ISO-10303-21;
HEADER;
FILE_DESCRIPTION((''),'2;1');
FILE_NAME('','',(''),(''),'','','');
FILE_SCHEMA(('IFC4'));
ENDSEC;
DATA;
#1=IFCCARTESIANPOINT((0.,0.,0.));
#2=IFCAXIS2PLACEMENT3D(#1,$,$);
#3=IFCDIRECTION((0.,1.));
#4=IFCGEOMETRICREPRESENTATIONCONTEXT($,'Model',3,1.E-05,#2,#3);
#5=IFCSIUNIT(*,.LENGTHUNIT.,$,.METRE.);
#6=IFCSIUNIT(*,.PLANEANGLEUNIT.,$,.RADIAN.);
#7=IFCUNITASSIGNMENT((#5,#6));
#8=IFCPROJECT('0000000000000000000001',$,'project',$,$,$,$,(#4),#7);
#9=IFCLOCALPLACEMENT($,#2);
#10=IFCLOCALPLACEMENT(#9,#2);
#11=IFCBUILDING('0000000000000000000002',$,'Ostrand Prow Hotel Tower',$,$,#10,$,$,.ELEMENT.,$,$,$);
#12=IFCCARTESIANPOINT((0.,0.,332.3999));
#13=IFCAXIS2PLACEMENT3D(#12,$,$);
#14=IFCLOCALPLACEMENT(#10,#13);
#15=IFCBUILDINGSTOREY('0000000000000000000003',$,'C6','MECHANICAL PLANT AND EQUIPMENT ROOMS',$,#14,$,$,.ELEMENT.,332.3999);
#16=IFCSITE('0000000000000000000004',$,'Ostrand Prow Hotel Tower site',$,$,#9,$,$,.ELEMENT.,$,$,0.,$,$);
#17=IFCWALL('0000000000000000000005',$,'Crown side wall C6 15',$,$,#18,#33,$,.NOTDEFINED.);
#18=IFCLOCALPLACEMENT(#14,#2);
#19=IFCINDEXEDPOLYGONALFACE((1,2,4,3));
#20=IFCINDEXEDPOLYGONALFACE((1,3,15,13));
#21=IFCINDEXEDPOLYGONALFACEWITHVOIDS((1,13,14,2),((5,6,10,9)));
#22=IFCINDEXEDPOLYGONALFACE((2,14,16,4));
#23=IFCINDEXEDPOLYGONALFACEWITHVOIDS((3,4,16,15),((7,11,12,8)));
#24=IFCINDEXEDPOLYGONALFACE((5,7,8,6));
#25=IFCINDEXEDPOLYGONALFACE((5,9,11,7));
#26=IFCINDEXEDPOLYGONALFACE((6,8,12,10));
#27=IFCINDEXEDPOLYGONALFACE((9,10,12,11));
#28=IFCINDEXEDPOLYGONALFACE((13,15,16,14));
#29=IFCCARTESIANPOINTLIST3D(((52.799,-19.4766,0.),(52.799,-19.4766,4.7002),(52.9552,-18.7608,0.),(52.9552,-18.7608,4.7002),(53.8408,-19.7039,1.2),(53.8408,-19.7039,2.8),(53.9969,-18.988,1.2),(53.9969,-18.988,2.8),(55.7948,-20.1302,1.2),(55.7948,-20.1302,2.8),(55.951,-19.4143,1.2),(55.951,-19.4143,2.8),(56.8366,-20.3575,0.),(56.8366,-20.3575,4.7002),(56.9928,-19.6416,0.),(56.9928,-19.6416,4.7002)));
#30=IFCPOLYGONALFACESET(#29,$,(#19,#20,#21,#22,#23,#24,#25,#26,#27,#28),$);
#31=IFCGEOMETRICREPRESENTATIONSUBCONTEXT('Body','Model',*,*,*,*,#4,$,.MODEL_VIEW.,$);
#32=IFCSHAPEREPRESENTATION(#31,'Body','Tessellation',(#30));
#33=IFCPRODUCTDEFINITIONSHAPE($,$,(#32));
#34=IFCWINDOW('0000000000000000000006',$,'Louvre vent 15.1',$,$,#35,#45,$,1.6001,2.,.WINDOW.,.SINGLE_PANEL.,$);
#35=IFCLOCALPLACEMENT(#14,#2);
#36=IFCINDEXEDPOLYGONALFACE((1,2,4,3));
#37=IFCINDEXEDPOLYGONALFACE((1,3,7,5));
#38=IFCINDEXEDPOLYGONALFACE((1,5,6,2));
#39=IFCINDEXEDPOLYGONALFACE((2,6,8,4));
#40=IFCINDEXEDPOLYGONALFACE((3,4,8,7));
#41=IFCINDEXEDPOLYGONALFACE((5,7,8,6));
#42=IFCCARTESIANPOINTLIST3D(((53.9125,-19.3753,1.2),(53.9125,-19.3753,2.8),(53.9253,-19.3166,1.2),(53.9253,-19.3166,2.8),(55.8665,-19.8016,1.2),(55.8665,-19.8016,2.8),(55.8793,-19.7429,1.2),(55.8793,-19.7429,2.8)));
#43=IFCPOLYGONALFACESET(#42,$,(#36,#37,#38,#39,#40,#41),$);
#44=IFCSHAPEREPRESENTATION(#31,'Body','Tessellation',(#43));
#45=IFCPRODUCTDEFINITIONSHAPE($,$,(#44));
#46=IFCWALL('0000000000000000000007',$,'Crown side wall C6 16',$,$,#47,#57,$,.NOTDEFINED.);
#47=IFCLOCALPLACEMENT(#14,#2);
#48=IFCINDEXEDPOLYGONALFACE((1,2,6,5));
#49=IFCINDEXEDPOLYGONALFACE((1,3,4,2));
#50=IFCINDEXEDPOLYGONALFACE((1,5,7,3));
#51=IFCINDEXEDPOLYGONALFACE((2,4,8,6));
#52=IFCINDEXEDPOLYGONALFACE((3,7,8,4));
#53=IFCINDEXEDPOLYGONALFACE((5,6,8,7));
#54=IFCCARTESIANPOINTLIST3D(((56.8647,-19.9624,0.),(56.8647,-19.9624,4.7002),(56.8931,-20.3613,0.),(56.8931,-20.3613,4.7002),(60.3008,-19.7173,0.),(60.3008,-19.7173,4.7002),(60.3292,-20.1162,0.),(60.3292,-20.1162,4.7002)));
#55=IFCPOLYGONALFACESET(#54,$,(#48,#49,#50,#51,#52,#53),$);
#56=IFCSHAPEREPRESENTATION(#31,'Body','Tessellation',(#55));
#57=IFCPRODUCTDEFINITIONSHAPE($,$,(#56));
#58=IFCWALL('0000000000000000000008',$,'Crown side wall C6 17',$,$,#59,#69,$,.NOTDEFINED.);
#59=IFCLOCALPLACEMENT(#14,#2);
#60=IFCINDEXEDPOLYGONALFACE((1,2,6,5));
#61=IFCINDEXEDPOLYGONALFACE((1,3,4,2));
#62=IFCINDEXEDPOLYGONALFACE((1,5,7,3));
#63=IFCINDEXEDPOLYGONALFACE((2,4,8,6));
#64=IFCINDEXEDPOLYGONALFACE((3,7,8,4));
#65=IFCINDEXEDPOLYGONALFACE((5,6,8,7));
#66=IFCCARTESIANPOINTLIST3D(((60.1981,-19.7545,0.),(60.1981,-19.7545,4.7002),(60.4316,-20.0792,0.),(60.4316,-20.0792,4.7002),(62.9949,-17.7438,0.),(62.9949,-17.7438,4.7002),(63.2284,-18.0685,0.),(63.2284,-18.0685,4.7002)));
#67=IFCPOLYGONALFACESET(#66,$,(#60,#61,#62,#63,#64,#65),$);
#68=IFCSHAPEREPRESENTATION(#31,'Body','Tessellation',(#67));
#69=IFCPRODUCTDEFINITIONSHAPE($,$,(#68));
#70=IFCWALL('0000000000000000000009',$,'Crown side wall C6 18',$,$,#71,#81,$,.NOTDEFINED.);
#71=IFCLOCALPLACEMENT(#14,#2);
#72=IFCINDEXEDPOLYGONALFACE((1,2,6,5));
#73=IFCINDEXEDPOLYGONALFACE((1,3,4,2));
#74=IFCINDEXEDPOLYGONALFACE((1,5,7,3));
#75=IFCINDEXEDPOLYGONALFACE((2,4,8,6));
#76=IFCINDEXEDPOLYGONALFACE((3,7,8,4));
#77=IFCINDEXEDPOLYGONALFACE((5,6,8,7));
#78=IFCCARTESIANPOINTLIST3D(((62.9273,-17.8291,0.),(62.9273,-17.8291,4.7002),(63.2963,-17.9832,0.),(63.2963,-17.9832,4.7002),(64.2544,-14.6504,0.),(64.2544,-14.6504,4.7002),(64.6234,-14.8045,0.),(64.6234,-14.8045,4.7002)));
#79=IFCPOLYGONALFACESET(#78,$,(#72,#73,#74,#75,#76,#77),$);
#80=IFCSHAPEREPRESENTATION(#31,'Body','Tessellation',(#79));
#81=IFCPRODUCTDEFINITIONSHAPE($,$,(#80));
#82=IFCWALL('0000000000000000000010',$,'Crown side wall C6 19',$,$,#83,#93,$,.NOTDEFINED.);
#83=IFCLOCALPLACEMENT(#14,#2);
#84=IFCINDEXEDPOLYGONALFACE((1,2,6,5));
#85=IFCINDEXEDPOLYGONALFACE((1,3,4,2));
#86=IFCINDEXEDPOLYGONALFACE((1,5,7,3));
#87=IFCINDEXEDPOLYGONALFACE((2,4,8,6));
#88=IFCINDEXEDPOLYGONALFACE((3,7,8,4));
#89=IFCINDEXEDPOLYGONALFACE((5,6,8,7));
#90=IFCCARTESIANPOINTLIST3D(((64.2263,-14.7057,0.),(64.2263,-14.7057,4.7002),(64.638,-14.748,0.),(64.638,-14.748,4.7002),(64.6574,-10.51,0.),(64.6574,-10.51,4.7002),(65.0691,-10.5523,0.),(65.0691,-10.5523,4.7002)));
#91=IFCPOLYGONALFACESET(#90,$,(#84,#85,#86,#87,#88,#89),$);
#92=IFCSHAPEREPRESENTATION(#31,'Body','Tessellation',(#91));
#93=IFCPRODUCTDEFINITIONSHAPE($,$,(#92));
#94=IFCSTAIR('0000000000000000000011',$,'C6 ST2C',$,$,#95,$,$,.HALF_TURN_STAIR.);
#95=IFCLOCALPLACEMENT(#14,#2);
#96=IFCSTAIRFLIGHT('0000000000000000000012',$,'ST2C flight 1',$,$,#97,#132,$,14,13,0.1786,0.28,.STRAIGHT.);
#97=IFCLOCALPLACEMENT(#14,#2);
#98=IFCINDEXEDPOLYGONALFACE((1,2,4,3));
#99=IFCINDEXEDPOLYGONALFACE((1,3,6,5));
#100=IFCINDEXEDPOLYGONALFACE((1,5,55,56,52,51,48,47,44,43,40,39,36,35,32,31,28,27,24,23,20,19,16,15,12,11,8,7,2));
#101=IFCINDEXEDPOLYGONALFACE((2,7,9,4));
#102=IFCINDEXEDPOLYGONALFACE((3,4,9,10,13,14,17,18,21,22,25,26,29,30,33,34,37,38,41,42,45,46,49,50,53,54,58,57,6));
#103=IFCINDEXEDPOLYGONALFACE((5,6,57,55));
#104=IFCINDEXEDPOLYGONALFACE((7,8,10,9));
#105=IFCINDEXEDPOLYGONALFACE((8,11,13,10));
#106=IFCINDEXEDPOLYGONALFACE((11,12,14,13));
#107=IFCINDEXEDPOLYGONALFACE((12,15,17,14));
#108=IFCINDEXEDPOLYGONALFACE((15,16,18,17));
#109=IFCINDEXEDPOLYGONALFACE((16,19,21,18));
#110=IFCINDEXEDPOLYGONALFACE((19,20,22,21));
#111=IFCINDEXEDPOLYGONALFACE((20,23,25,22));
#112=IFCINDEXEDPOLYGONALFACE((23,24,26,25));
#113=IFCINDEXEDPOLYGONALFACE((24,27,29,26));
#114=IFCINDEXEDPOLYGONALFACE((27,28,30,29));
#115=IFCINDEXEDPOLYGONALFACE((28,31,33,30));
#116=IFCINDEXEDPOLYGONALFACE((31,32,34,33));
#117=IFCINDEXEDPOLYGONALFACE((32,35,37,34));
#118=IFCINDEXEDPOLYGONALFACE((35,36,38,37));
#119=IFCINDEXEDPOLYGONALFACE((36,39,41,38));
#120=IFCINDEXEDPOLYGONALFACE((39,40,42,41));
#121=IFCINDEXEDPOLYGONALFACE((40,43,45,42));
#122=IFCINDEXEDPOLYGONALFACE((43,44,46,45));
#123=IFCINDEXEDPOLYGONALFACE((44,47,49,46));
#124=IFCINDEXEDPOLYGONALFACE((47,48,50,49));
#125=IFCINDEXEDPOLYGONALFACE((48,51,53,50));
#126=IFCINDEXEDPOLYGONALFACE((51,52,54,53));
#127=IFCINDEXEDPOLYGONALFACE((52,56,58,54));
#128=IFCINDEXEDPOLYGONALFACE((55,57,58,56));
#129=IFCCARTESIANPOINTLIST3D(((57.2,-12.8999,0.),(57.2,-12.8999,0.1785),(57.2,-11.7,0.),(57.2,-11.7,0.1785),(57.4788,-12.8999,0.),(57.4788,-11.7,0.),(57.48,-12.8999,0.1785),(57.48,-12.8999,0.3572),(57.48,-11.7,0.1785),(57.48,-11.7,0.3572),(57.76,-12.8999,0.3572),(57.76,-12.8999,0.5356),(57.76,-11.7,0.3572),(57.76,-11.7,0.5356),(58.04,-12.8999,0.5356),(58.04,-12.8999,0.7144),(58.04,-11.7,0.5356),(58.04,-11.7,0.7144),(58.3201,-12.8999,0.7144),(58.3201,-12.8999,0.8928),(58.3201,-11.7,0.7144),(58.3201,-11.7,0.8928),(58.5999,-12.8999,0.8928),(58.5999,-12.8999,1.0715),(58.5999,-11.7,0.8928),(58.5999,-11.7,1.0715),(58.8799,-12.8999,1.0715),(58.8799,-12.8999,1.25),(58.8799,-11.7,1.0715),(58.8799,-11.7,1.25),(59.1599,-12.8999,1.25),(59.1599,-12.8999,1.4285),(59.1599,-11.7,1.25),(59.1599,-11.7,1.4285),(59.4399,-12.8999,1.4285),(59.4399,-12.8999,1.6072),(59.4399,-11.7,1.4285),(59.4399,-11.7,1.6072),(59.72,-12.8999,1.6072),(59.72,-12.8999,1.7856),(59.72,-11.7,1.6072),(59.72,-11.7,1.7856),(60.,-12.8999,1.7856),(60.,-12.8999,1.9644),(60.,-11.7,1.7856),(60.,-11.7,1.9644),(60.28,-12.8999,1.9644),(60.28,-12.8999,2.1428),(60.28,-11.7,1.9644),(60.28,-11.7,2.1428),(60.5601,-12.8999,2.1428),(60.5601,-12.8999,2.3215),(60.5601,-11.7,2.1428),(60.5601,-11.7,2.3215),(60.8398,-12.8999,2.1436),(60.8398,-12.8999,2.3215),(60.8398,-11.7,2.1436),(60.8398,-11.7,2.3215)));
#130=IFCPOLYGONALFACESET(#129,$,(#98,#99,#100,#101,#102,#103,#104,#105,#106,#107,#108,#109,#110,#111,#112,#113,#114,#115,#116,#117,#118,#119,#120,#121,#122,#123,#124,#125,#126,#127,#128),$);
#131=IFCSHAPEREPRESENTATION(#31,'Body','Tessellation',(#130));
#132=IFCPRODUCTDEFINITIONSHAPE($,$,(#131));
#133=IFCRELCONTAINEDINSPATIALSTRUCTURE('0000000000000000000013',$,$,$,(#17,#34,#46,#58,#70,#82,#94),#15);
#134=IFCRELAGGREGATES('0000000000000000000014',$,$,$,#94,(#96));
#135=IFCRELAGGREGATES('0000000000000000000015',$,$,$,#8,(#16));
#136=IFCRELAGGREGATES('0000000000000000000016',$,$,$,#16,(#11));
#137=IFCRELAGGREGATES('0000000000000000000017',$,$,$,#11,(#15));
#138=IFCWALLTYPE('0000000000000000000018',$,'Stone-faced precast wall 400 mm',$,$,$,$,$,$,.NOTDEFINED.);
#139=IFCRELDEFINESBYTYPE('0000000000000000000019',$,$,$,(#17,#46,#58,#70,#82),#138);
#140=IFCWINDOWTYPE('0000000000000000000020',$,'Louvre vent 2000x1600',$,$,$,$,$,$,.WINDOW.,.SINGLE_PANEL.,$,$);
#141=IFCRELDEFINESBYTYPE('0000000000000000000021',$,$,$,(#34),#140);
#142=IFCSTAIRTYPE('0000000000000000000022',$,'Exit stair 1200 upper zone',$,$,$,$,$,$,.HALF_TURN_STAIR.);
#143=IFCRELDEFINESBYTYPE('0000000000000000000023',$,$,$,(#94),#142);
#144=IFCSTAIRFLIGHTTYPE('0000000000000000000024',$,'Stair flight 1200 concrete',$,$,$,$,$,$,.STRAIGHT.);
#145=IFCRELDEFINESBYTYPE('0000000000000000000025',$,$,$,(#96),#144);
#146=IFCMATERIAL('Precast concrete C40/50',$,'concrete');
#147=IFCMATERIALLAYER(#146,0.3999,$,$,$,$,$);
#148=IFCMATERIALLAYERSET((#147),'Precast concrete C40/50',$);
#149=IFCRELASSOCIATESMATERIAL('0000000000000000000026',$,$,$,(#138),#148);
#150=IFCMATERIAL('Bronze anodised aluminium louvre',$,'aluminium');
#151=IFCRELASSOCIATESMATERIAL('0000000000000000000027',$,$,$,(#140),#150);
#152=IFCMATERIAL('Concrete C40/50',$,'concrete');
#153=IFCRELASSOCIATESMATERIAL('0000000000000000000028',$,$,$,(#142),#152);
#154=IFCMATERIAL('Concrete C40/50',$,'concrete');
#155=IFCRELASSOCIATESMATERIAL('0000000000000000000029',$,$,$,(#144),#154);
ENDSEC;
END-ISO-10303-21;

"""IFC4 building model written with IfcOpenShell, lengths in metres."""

from ifc_helpers import new_model, si_unit, direction, frame, frame_2d, origin, place, context, subcontext, project, spatial, polyline, rectangle, outline, extrude, material, layer, layer_set, type_object, element, fill, aggregate, save


model = new_model("IFC4")

# Units and contexts
model_context = context("Model", 3, precision=1e-05, world=origin(), true_north=direction((0.0, 1.0)))
body_context = subcontext(model_context, "Body", "Model", "MODEL_VIEW")
ifc_project = project(units=[si_unit("LENGTHUNIT", "METRE"), si_unit("PLANEANGLEUNIT", "RADIAN")], contexts=[model_context])

# Site, building, storey
site_placement = place(None, origin())
site = spatial("IfcSite", under=ifc_project, at=site_placement, Name="Ostrand Prow Hotel Tower site", CompositionType="ELEMENT", RefElevation=0.0)
building_placement = place(site_placement, origin())
building = spatial("IfcBuilding", under=site, at=building_placement, Name="Ostrand Prow Hotel Tower", CompositionType="ELEMENT")
storey_placement = place(building_placement, frame((0.0, 0.0, 332.3999)))
storey = spatial("IfcBuildingStorey", under=building, at=storey_placement, Name="C6", Description="MECHANICAL PLANT AND EQUIPMENT ROOMS", CompositionType="ELEMENT", Elevation=332.3999)

# Wall, opening, window
ifc_material_1 = material(Name="Precast concrete C40/50", Category="concrete")
ifc_layer_1 = layer(ifc_material_1, 0.3999)
ifc_layer_set_1 = layer_set([ifc_layer_1], Name="Precast concrete C40/50")
wall_type_1 = type_object("IfcWallType", Name="Stone-faced precast wall 400 mm", PredefinedType="NOTDEFINED", material=ifc_layer_set_1)
wall_1_placement = place(storey_placement, frame((52.877, -19.1187, 0.0), z_axis=(0.0, 0.0, 1.0), x_axis=(0.977019, -0.213151, 0.0)))
wall_1 = element("IfcWall", 1, at=wall_1_placement, inside=storey, type_object=wall_type_1, Name="Crown side wall C6 15", PredefinedType="NOTDEFINED", context=body_context, shape_type="SweptSolid", body=[
    extrude(rectangle(XDim=4.1326, YDim=0.7327, at=frame_2d((2.0664, 0.0))), origin(), (0.0, 0.0, 1.0), 4.7002),
])
opening_1_placement = place(wall_1_placement, frame((1.0664, 0.0, 1.2)))
opening_1 = element("IfcOpeningElement", 2, at=opening_1_placement, cuts=wall_1, PredefinedType="OPENING", context=body_context, shape_type="SweptSolid", body=[
    extrude(rectangle(XDim=2.0, YDim=1.6001, at=frame_2d((1.0, 0.8))), frame((0.0, 0.3762, 0.0), z_axis=(0.0, -1.0, 0.0), x_axis=(1.0, 0.0, 0.0)), (0.0, 0.0, 1.0), 0.7527),
])
ifc_material_2 = material(Name="Bronze anodised aluminium louvre", Category="aluminium")
window_type = type_object("IfcWindowType", Name="Louvre vent 2000x1600", PartitioningType="SINGLE_PANEL", PredefinedType="WINDOW", material=ifc_material_2)
window_placement = place(opening_1_placement, origin())
window = element("IfcWindow", 3, at=window_placement, inside=storey, type_object=window_type, Name="Louvre vent 15.1", OverallHeight=1.6001, OverallWidth=2.0, PartitioningType="SINGLE_PANEL", PredefinedType="WINDOW", context=body_context, shape_type="SweptSolid", body=[
    extrude(rectangle(XDim=2.0, YDim=1.6001, at=frame_2d((1.0, 0.8))), frame((0.0, 0.03, 0.0), z_axis=(0.0, -1.0, 0.0), x_axis=(1.0, 0.0, 0.0)), (0.0, 0.0, 1.0), 0.0601),
])
fill(opening_1, window)

# Walls
wall_2_placement = place(storey_placement, frame((56.8789, -20.1619, 0.0), z_axis=(0.0, 0.0, 1.0), x_axis=(0.997465, 0.071156, 0.0)))
element("IfcWall", 4, at=wall_2_placement, inside=storey, type_object=wall_type_1, Name="Crown side wall C6 16", PredefinedType="NOTDEFINED", context=body_context, shape_type="SweptSolid", body=[
    extrude(rectangle(XDim=3.4448, YDim=0.3999, at=frame_2d((1.7224, 0.0))), origin(), (0.0, 0.0, 1.0), 4.7002),
])
for number, where, z_axis, x_axis, name in (
    (5, (60.3149, -19.9167, 0.0), (0.0, 0.0, 1.0), (0.811948, 0.58373, 0.0), "Crown side wall C6 17"),
    (6, (63.1118, -17.906, 0.0), (0.0, 0.0, 1.0), (0.38528, 0.9228, 0.0), "Crown side wall C6 18"),
):
    element("IfcWall", number, at=place(storey_placement, frame(where, z_axis=z_axis, x_axis=x_axis)), inside=storey, type_object=wall_type_1, Name=name, PredefinedType="NOTDEFINED", context=body_context, shape_type="SweptSolid", body=[
        extrude(rectangle(XDim=3.4446, YDim=0.3999, at=frame_2d((1.7222, 0.0))), origin(), (0.0, 0.0, 1.0), 4.7002),
    ])
wall_3_placement = place(storey_placement, frame((64.4321, -14.7268, 0.0), z_axis=(0.0, 0.0, 1.0), x_axis=(0.10222, 0.994762, 0.0)))
element("IfcWall", 7, at=wall_3_placement, inside=storey, type_object=wall_type_1, Name="Crown side wall C6 19", PredefinedType="NOTDEFINED", context=body_context, shape_type="SweptSolid", body=[
    extrude(rectangle(XDim=4.2178, YDim=0.4138, at=frame_2d((2.1089, 0.0))), origin(), (0.0, 0.0, 1.0), 4.7002),
])

# Stair, stair flight
ifc_material_3 = material(Name="Concrete C40/50", Category="concrete")
stair_type = type_object("IfcStairType", Name="Exit stair 1200 upper zone", PredefinedType="HALF_TURN_STAIR", material=ifc_material_3)
stair_placement = place(storey_placement, origin())
stair = element("IfcStair", 8, at=stair_placement, inside=storey, type_object=stair_type, Name="C6 ST2C", PredefinedType="HALF_TURN_STAIR")
ifc_material_4 = material(Name="Concrete C40/50", Category="concrete")
stair_flight_type = type_object("IfcStairFlightType", Name="Stair flight 1200 concrete", PredefinedType="STRAIGHT", material=ifc_material_4)
stair_flight_placement = place(storey_placement, frame((57.2, -12.3, 0.0), z_axis=(0.0, 0.0, 1.0), x_axis=(1.0, 0.0, 0.0)))
stair_flight = element("IfcStairFlight", 9, at=stair_flight_placement, type_object=stair_flight_type, Name="ST2C flight 1", NumberOfRisers=14, NumberOfTreads=13, PredefinedType="STRAIGHT", RiserHeight=0.1786, TreadLength=0.28, context=body_context, shape_type="SweptSolid", body=[
    extrude(outline(polyline([(0.0, 0.0), (0.0, 0.1785), (0.28, 0.1785), (0.28, 0.3572), (0.5601, 0.3572), (0.5601, 0.5356), (0.8401, 0.5356), (0.8401, 0.7144), (1.1201, 0.7144), (1.1201, 0.8928), (1.3999, 0.8928), (1.3999, 1.0715), (1.6799, 1.0715), (1.6799, 1.25), (1.96, 1.25), (1.96, 1.4285), (2.24, 1.4285), (2.24, 1.6072), (2.52, 1.6072), (2.52, 1.7856), (2.8, 1.7856), (2.8, 1.9644), (3.0801, 1.9644), (3.0801, 2.1428), (3.3601, 2.1428), (3.3601, 2.3215), (3.6399, 2.3215), (3.6399, 2.5), (3.6399, 2.1436), (0.2788, 0.0), (0.0, 0.0)])), frame((0.0, 0.6001, 0.0), z_axis=(0.0, -1.0, 0.0), x_axis=(1.0, 0.0, 0.0)), (0.0, 0.0, 1.0), 1.2),
])
aggregate(stair, [stair_flight])

save(model, "model.ifc")
